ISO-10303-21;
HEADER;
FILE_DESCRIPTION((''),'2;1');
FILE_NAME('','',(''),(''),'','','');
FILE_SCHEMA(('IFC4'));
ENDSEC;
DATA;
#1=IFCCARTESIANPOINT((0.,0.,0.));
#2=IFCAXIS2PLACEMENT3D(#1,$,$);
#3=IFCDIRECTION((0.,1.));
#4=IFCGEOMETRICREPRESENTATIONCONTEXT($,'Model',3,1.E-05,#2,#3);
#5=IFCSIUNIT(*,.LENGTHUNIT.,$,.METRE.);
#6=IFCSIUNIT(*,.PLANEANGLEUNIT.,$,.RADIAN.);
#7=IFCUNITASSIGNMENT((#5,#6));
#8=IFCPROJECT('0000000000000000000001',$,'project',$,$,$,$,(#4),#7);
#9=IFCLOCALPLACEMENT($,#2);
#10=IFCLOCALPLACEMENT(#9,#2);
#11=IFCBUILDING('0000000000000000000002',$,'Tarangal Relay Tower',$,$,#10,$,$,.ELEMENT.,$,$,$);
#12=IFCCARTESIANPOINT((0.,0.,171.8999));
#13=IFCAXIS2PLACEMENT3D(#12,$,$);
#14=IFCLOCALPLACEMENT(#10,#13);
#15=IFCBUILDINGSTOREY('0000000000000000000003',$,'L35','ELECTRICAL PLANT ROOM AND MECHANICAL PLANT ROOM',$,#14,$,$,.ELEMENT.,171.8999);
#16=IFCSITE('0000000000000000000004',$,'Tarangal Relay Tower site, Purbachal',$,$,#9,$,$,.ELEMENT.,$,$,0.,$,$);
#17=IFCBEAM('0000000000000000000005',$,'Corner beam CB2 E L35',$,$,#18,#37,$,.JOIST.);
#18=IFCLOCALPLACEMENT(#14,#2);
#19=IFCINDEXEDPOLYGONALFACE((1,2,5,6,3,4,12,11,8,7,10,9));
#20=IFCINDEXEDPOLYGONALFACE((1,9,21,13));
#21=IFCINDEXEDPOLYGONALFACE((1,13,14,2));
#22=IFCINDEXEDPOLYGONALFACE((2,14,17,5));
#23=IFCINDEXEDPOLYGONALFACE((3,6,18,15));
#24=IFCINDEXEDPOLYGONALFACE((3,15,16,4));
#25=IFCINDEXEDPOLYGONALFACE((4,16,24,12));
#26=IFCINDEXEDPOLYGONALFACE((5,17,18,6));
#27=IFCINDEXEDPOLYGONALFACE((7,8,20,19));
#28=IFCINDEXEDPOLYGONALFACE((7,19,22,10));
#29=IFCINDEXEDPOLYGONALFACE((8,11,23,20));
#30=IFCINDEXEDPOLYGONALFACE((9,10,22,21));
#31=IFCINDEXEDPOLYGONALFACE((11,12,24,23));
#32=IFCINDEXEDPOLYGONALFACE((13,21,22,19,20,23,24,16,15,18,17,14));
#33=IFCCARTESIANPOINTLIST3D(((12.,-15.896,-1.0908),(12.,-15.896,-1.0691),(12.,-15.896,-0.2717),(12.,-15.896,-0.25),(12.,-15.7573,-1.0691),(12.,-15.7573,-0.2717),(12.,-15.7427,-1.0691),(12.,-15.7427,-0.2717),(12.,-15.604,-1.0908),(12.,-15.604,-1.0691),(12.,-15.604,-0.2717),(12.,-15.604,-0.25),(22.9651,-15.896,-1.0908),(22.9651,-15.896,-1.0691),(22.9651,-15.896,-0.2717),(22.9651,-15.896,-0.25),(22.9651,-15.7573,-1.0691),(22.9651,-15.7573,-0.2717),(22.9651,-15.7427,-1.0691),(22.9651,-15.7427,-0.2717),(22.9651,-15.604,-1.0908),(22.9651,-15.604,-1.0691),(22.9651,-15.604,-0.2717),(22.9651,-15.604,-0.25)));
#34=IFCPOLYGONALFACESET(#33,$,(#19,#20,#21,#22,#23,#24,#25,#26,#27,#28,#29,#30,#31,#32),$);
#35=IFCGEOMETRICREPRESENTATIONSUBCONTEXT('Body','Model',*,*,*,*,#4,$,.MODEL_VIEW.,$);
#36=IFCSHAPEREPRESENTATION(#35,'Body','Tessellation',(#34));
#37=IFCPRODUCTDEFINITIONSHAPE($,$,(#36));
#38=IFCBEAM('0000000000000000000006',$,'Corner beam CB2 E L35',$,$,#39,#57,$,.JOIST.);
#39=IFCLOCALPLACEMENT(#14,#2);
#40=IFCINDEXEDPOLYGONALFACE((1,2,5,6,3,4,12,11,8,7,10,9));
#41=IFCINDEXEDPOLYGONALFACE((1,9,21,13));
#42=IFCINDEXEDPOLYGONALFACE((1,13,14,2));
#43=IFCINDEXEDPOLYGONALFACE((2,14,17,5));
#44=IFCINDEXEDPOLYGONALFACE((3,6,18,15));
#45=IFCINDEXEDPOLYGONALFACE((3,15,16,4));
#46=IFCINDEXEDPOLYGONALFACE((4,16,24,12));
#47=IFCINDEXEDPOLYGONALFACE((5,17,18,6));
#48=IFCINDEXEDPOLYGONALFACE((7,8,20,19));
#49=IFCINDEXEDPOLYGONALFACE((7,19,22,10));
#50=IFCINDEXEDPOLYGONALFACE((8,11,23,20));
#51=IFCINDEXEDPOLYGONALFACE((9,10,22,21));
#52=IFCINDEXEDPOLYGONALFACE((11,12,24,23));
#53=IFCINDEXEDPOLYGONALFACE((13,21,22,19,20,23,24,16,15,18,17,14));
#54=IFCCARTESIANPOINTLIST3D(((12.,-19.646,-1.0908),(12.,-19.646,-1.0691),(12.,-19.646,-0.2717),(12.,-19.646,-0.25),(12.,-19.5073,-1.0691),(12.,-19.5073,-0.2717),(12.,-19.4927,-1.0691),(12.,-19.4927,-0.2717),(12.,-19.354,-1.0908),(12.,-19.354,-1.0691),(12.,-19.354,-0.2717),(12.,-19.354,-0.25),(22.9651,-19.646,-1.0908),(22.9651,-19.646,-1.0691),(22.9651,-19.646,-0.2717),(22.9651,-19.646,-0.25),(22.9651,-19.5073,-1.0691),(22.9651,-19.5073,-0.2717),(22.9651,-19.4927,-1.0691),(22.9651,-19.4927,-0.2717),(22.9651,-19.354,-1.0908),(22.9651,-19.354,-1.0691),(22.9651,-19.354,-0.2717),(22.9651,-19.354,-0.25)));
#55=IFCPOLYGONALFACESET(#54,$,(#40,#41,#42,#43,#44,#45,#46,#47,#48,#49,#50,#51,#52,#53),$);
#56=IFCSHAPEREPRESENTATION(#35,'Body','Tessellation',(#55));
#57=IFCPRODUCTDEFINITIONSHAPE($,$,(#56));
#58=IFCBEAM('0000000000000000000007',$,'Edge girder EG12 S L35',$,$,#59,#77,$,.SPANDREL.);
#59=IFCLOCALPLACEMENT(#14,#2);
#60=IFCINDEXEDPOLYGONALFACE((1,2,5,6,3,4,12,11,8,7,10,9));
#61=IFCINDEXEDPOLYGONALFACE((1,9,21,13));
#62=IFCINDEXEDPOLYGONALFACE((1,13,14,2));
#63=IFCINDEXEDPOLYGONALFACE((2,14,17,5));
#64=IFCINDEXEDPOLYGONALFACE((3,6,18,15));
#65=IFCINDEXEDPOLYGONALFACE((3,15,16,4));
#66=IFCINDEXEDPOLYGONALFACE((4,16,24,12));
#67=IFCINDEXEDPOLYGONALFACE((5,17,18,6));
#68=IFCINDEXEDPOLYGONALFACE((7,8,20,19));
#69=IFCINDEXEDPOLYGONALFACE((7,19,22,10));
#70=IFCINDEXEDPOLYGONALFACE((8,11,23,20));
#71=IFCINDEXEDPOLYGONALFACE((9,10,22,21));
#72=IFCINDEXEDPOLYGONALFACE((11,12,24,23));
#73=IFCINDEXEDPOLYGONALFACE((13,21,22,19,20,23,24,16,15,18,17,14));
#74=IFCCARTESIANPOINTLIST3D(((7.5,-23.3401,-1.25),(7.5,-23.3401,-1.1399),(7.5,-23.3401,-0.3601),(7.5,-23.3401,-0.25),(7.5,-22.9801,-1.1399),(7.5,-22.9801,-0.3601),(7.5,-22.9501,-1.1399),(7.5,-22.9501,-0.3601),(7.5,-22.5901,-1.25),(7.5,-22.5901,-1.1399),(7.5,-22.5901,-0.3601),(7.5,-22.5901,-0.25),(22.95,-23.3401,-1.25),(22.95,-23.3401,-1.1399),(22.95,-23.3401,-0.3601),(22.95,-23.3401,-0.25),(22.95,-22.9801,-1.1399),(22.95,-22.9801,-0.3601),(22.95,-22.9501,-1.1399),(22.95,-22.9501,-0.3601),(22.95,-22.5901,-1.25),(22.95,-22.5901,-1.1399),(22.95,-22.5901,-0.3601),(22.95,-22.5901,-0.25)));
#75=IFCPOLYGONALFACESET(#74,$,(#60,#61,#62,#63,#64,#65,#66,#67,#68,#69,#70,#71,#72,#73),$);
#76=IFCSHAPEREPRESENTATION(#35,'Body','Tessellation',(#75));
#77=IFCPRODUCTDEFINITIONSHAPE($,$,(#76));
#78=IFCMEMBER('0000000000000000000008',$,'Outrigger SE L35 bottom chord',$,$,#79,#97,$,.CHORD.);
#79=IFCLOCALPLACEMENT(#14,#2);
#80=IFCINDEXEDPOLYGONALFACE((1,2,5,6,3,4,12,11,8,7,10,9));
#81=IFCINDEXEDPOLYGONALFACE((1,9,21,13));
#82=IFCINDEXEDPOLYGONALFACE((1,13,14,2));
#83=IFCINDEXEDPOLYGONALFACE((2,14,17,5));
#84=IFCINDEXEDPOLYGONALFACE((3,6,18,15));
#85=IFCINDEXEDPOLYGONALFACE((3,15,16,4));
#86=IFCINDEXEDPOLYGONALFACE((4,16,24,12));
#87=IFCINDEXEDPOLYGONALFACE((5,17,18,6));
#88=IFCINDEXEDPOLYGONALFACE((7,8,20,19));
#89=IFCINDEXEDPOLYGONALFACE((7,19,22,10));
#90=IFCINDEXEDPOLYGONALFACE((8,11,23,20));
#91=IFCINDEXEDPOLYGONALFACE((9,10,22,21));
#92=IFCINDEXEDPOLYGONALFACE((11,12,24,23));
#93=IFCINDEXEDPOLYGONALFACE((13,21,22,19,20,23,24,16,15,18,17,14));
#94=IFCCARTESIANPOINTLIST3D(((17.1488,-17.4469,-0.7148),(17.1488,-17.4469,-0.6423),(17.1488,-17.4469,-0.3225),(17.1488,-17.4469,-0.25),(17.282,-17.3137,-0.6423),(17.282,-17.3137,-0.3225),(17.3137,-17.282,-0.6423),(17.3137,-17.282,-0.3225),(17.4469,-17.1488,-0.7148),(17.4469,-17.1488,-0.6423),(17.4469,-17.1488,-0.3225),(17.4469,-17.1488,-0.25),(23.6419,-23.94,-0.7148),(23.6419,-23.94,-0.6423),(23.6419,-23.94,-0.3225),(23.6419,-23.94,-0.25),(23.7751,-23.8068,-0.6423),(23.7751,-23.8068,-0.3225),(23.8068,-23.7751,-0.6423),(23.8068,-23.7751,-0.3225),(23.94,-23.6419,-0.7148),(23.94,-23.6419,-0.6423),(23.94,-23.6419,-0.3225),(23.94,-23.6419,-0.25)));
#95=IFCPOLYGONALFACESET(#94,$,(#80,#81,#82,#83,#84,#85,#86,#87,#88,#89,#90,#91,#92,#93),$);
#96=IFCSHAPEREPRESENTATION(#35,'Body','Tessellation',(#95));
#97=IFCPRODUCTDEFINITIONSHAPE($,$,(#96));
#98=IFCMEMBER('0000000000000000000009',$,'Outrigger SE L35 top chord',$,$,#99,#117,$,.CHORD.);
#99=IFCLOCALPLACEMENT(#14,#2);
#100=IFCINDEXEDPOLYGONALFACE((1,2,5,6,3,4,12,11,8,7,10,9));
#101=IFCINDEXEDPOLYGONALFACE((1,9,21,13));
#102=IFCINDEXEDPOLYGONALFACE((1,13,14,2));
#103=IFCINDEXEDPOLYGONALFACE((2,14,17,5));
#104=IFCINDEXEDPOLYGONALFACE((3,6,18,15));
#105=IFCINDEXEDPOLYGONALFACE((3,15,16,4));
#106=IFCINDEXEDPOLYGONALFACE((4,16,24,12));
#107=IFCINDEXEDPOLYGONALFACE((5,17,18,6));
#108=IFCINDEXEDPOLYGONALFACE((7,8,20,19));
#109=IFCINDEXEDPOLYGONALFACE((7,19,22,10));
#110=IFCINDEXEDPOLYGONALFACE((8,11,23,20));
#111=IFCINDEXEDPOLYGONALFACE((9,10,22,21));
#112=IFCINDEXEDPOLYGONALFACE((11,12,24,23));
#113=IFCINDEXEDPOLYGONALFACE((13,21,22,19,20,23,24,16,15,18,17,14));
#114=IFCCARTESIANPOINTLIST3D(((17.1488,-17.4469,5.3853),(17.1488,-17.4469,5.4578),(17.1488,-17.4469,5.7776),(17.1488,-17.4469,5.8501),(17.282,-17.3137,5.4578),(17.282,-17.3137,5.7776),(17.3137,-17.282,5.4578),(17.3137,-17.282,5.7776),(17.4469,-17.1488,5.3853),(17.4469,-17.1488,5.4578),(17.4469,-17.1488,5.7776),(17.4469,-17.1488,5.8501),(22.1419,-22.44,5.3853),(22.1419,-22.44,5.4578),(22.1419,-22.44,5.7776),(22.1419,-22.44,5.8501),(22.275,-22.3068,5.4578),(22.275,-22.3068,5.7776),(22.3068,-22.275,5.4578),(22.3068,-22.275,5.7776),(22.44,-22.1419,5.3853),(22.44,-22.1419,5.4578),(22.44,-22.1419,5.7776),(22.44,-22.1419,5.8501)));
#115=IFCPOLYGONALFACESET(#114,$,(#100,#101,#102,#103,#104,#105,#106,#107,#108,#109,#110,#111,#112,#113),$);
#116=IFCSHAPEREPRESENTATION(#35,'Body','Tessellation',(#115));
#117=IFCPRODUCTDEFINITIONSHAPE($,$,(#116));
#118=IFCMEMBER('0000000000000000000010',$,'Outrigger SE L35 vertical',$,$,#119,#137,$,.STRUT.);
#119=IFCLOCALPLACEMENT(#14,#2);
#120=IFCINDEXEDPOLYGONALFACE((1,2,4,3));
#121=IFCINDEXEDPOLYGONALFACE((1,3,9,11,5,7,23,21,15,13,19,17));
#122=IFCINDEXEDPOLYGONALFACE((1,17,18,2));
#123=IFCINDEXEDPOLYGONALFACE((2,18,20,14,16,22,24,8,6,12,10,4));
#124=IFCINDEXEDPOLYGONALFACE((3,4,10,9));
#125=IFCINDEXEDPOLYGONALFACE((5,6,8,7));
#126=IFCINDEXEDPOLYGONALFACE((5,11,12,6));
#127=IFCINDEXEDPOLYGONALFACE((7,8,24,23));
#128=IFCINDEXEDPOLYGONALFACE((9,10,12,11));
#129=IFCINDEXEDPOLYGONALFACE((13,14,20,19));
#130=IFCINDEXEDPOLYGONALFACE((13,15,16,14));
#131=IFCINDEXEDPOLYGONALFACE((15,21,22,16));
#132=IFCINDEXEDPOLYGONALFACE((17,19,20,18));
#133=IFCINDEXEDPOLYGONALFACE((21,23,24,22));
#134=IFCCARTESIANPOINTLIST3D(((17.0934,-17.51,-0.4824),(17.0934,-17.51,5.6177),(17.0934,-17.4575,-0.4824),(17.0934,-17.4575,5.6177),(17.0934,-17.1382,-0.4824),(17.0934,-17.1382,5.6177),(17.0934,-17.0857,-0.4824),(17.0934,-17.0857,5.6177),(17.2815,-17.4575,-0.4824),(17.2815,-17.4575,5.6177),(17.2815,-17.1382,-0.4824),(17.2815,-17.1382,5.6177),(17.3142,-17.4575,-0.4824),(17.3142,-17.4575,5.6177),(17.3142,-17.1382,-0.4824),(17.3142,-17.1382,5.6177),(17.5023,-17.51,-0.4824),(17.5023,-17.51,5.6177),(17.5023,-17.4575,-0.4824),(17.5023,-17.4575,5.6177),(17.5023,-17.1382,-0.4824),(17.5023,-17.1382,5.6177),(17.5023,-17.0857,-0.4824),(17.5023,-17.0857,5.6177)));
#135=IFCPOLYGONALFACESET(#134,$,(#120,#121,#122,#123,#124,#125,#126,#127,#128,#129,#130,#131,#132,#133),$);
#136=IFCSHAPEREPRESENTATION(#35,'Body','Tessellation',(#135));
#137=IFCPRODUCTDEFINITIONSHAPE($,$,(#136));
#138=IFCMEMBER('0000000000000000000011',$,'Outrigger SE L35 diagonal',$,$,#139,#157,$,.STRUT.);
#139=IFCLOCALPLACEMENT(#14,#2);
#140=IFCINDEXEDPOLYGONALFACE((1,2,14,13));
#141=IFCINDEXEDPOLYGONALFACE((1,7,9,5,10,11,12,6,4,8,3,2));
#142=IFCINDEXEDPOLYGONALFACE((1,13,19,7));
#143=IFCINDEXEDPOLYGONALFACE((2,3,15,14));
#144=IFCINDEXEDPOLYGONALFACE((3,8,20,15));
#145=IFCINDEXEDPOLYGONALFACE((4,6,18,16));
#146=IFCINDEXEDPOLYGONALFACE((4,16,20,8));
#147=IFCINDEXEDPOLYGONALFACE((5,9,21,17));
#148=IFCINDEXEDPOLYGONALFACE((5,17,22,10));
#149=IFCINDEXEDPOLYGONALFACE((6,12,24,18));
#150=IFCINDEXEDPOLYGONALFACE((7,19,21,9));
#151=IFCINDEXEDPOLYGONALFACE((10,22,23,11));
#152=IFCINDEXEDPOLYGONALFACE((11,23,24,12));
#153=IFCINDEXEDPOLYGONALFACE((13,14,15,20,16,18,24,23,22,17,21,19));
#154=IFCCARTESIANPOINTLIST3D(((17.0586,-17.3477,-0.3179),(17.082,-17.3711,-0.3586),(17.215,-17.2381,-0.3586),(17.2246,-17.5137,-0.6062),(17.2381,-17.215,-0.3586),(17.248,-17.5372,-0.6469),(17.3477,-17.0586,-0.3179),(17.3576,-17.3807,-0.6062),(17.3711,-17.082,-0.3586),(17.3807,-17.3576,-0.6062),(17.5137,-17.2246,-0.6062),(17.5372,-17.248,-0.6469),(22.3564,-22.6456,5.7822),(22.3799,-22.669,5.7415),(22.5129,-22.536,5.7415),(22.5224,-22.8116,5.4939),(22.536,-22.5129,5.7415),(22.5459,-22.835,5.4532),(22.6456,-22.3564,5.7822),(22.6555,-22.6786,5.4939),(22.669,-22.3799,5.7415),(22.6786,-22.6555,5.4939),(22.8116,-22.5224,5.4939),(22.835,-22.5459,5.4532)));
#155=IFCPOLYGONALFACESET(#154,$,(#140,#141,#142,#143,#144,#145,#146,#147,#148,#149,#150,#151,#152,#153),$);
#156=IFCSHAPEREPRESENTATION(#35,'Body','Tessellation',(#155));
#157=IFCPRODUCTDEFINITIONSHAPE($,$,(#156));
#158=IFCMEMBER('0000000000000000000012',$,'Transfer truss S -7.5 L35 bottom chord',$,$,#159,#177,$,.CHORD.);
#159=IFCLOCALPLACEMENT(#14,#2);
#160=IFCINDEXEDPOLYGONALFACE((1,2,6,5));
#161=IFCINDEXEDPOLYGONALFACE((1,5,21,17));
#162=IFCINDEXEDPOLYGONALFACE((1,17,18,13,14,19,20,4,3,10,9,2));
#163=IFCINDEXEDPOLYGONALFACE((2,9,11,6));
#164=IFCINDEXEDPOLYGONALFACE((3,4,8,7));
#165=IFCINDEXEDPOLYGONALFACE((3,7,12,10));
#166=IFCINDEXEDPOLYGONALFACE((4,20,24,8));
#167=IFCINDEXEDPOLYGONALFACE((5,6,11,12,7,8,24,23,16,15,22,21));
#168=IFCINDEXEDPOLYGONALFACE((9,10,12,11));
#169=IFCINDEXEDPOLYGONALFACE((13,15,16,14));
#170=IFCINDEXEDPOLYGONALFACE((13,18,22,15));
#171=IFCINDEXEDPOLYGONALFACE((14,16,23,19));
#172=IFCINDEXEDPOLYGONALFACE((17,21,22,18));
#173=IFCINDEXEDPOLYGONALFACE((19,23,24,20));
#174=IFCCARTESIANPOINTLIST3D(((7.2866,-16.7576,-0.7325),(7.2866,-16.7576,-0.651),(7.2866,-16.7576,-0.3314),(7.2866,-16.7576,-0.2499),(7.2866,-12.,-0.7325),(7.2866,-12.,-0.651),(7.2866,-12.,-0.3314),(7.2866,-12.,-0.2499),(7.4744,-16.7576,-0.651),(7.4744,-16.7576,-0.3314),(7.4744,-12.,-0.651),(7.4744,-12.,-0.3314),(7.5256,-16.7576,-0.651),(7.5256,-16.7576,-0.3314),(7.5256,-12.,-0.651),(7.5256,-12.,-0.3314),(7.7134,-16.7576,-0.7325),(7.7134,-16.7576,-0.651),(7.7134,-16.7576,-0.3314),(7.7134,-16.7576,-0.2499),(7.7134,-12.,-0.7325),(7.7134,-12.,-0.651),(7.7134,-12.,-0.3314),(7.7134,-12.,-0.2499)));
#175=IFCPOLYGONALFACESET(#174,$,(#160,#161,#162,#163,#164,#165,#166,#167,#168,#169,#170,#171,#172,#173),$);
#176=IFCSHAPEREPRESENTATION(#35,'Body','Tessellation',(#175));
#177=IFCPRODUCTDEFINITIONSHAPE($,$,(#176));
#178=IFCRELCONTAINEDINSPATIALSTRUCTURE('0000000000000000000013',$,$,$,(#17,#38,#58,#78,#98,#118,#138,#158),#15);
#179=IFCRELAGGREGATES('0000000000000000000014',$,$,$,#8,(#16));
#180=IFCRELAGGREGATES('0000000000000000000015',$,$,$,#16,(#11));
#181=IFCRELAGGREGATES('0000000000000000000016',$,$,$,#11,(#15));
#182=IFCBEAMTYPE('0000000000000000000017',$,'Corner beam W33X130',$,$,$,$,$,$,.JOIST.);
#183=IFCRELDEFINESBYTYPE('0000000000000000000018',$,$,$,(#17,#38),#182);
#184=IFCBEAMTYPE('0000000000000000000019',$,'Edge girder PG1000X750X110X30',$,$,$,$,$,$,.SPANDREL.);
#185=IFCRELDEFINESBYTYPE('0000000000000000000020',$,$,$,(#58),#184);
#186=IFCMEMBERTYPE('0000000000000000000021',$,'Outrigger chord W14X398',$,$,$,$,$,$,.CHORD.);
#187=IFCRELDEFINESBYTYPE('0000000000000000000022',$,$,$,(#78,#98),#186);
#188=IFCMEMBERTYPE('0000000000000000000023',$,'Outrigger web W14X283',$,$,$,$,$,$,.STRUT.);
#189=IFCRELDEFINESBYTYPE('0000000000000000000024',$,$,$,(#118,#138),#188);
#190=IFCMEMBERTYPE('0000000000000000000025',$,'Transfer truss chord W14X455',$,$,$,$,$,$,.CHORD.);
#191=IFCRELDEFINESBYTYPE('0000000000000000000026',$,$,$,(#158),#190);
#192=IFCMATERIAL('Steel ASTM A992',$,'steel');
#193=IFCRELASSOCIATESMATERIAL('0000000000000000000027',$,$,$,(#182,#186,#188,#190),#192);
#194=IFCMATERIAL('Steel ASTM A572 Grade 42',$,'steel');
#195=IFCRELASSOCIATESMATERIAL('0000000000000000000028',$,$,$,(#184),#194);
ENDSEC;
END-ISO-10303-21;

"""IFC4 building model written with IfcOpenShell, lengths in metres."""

from ifc_helpers import new_model, si_unit, direction, frame, origin, origin_2d, place, context, subcontext, project, spatial, i_section, extrude, clip, halfspace, material, material_profile, profile_set, type_object, element, save


model = new_model("IFC4")

# Units and contexts
model_context = context("Model", 3, precision=1e-05, world=origin(), true_north=direction((0.0, 1.0)))
body_context = subcontext(model_context, "Body", "Model", "MODEL_VIEW")
ifc_project = project(units=[si_unit("LENGTHUNIT", "METRE"), si_unit("PLANEANGLEUNIT", "RADIAN")], contexts=[model_context])

# Site, building, storey
site_placement = place(None, origin())
site = spatial("IfcSite", under=ifc_project, at=site_placement, Name="Tarangal Relay Tower site, Purbachal", CompositionType="ELEMENT", RefElevation=0.0)
building_placement = place(site_placement, origin())
building = spatial("IfcBuilding", under=site, at=building_placement, Name="Tarangal Relay Tower", CompositionType="ELEMENT")
storey_placement = place(building_placement, frame((0.0, 0.0, 171.8999)))
storey = spatial("IfcBuildingStorey", under=building, at=storey_placement, Name="L35", Description="ELECTRICAL PLANT ROOM AND MECHANICAL PLANT ROOM", CompositionType="ELEMENT", Elevation=171.8999)

# Shared definitions
ifc_material_1 = material(Name="Steel ASTM A572 Grade 42", Category="steel")

# Beams
ifc_material_2 = material(Name="Steel ASTM A992", Category="steel")
ifc_material_profile_1 = material_profile(ifc_material_2, i_section(OverallWidth=0.292, OverallDepth=0.8408, WebThickness=0.0146, FlangeThickness=0.0217, at=origin_2d()), Name="W33X130")
ifc_profile_set_1 = profile_set([ifc_material_profile_1], Name="Steel ASTM A992")
beam_type_1 = type_object("IfcBeamType", Name="Corner beam W33X130", PredefinedType="JOIST", material=ifc_profile_set_1)
for number, where, z_axis, x_axis, name in (
    (1, (12.0, -15.75, -0.6704), (1.0, 0.0, 0.0), (0.0, 1.0, 0.0), "Corner beam CB2 E L35"),
    (2, (12.0, -19.5, -0.6704), (1.0, 0.0, 0.0), (0.0, 1.0, 0.0), "Corner beam CB2 E L35"),
):
    element("IfcBeam", number, at=place(storey_placement, frame(where, z_axis=z_axis, x_axis=x_axis)), inside=storey, type_object=beam_type_1, Name=name, PredefinedType="JOIST", context=body_context, shape_type="SweptSolid", body=[
        extrude(i_section(OverallWidth=0.292, OverallDepth=0.8408, WebThickness=0.0146, FlangeThickness=0.0217, at=origin_2d()), origin(), (0.0, 0.0, 1.0), 10.9651),
    ])
ifc_material_profile_2 = material_profile(ifc_material_1, i_section(OverallWidth=0.75, OverallDepth=1.0, WebThickness=0.03, FlangeThickness=0.1101, at=origin_2d()), Name="PG1000X750X110X30")
ifc_profile_set_2 = profile_set([ifc_material_profile_2], Name="Steel ASTM A572 Grade 42")
beam_type_2 = type_object("IfcBeamType", Name="Edge girder PG1000X750X110X30", PredefinedType="SPANDREL", material=ifc_profile_set_2)
beam_placement = place(storey_placement, frame((22.95, -22.9651, -0.75), z_axis=(-1.0, 0.0, 0.0), x_axis=(0.0, -1.0, 0.0)))
element("IfcBeam", 3, at=beam_placement, inside=storey, type_object=beam_type_2, Name="Edge girder EG12 S L35", PredefinedType="SPANDREL", context=body_context, shape_type="SweptSolid", body=[
    extrude(i_section(OverallWidth=0.75, OverallDepth=1.0, WebThickness=0.03, FlangeThickness=0.1101, at=origin_2d()), origin(), (0.0, 0.0, 1.0), 15.45),
])

# Members
ifc_material_profile_3 = material_profile(ifc_material_2, i_section(OverallWidth=0.4216, OverallDepth=0.4648, WebThickness=0.0449, FlangeThickness=0.0725, at=origin_2d()), Name="W14X398")
ifc_profile_set_3 = profile_set([ifc_material_profile_3], Name="Steel ASTM A992")
member_type_1 = type_object("IfcMemberType", Name="Outrigger chord W14X398", PredefinedType="CHORD", material=ifc_profile_set_3)
member_1_placement = place(storey_placement, frame((17.2979, -17.2979, -0.4824), z_axis=(0.707107, -0.707107, 0.0), x_axis=(0.707107, 0.707107, 0.0)))
element("IfcMember", 4, at=member_1_placement, inside=storey, type_object=member_type_1, Name="Outrigger SE L35 bottom chord", PredefinedType="CHORD", context=body_context, shape_type="Clipping", body=[
    clip(extrude(i_section(OverallWidth=0.4216, OverallDepth=0.4648, WebThickness=0.0449, FlangeThickness=0.0725, at=origin_2d()), origin(), (0.0, 0.0, 1.0), 9.4783), halfspace(frame((0.0, 0.0, 9.1826)), False)),
])
member_2_placement = place(storey_placement, frame((17.2979, -17.2979, 5.6177), z_axis=(0.707107, -0.707107, 0.0), x_axis=(0.707107, 0.707107, 0.0)))
element("IfcMember", 5, at=member_2_placement, inside=storey, type_object=member_type_1, Name="Outrigger SE L35 top chord", PredefinedType="CHORD", context=body_context, shape_type="Clipping", body=[
    clip(extrude(i_section(OverallWidth=0.4216, OverallDepth=0.4648, WebThickness=0.0449, FlangeThickness=0.0725, at=origin_2d()), origin(), (0.0, 0.0, 1.0), 7.4922), halfspace(frame((0.0, 0.0, 7.0613)), False)),
])
ifc_material_profile_4 = material_profile(ifc_material_2, i_section(OverallWidth=0.4089, OverallDepth=0.4243, WebThickness=0.0327, FlangeThickness=0.0525, at=origin_2d()), Name="W14X283")
ifc_profile_set_4 = profile_set([ifc_material_profile_4], Name="Steel ASTM A992")
member_type_2 = type_object("IfcMemberType", Name="Outrigger web W14X283", PredefinedType="STRUT", material=ifc_profile_set_4)
member_3_placement = place(storey_placement, frame((17.2979, -17.2979, -0.4824), z_axis=(0.0, 0.0, 1.0), x_axis=(1.0, 0.0, 0.0)))
element("IfcMember", 6, at=member_3_placement, inside=storey, type_object=member_type_2, Name="Outrigger SE L35 vertical", PredefinedType="STRUT", context=body_context, shape_type="SweptSolid", body=[
    extrude(i_section(OverallWidth=0.4089, OverallDepth=0.4243, WebThickness=0.0327, FlangeThickness=0.0525, at=origin_2d()), origin(), (0.0, 0.0, 1.0), 6.1001),
])
member_4_placement = place(storey_placement, frame((17.2979, -17.2979, -0.4824), z_axis=(0.548344, -0.548344, 0.631378), x_axis=(0.707107, 0.707107, 0.0)))
element("IfcMember", 7, at=member_4_placement, inside=storey, type_object=member_type_2, Name="Outrigger SE L35 diagonal", PredefinedType="STRUT", context=body_context, shape_type="SweptSolid", body=[
    extrude(i_section(OverallWidth=0.4089, OverallDepth=0.4243, WebThickness=0.0327, FlangeThickness=0.0525, at=origin_2d()), origin(), (0.0, 0.0, 1.0), 9.6616),
])
ifc_material_profile_5 = material_profile(ifc_material_2, i_section(OverallWidth=0.4268, OverallDepth=0.4827, WebThickness=0.0513, FlangeThickness=0.0815, at=origin_2d()), Name="W14X455")
ifc_profile_set_5 = profile_set([ifc_material_profile_5], Name="Steel ASTM A992")
member_type_3 = type_object("IfcMemberType", Name="Transfer truss chord W14X455", PredefinedType="CHORD", material=ifc_profile_set_5)
member_5_placement = place(storey_placement, frame((7.5, -12.0, -0.4912), z_axis=(0.0, -1.0, 0.0), x_axis=(1.0, 0.0, 0.0)))
element("IfcMember", 8, at=member_5_placement, inside=storey, type_object=member_type_3, Name="Transfer truss S -7.5 L35 bottom chord", PredefinedType="CHORD", context=body_context, shape_type="SweptSolid", body=[
    extrude(i_section(OverallWidth=0.4268, OverallDepth=0.4827, WebThickness=0.0513, FlangeThickness=0.0815, at=origin_2d()), origin(), (0.0, 0.0, 1.0), 4.7576),
])

save(model, "model.ifc")
